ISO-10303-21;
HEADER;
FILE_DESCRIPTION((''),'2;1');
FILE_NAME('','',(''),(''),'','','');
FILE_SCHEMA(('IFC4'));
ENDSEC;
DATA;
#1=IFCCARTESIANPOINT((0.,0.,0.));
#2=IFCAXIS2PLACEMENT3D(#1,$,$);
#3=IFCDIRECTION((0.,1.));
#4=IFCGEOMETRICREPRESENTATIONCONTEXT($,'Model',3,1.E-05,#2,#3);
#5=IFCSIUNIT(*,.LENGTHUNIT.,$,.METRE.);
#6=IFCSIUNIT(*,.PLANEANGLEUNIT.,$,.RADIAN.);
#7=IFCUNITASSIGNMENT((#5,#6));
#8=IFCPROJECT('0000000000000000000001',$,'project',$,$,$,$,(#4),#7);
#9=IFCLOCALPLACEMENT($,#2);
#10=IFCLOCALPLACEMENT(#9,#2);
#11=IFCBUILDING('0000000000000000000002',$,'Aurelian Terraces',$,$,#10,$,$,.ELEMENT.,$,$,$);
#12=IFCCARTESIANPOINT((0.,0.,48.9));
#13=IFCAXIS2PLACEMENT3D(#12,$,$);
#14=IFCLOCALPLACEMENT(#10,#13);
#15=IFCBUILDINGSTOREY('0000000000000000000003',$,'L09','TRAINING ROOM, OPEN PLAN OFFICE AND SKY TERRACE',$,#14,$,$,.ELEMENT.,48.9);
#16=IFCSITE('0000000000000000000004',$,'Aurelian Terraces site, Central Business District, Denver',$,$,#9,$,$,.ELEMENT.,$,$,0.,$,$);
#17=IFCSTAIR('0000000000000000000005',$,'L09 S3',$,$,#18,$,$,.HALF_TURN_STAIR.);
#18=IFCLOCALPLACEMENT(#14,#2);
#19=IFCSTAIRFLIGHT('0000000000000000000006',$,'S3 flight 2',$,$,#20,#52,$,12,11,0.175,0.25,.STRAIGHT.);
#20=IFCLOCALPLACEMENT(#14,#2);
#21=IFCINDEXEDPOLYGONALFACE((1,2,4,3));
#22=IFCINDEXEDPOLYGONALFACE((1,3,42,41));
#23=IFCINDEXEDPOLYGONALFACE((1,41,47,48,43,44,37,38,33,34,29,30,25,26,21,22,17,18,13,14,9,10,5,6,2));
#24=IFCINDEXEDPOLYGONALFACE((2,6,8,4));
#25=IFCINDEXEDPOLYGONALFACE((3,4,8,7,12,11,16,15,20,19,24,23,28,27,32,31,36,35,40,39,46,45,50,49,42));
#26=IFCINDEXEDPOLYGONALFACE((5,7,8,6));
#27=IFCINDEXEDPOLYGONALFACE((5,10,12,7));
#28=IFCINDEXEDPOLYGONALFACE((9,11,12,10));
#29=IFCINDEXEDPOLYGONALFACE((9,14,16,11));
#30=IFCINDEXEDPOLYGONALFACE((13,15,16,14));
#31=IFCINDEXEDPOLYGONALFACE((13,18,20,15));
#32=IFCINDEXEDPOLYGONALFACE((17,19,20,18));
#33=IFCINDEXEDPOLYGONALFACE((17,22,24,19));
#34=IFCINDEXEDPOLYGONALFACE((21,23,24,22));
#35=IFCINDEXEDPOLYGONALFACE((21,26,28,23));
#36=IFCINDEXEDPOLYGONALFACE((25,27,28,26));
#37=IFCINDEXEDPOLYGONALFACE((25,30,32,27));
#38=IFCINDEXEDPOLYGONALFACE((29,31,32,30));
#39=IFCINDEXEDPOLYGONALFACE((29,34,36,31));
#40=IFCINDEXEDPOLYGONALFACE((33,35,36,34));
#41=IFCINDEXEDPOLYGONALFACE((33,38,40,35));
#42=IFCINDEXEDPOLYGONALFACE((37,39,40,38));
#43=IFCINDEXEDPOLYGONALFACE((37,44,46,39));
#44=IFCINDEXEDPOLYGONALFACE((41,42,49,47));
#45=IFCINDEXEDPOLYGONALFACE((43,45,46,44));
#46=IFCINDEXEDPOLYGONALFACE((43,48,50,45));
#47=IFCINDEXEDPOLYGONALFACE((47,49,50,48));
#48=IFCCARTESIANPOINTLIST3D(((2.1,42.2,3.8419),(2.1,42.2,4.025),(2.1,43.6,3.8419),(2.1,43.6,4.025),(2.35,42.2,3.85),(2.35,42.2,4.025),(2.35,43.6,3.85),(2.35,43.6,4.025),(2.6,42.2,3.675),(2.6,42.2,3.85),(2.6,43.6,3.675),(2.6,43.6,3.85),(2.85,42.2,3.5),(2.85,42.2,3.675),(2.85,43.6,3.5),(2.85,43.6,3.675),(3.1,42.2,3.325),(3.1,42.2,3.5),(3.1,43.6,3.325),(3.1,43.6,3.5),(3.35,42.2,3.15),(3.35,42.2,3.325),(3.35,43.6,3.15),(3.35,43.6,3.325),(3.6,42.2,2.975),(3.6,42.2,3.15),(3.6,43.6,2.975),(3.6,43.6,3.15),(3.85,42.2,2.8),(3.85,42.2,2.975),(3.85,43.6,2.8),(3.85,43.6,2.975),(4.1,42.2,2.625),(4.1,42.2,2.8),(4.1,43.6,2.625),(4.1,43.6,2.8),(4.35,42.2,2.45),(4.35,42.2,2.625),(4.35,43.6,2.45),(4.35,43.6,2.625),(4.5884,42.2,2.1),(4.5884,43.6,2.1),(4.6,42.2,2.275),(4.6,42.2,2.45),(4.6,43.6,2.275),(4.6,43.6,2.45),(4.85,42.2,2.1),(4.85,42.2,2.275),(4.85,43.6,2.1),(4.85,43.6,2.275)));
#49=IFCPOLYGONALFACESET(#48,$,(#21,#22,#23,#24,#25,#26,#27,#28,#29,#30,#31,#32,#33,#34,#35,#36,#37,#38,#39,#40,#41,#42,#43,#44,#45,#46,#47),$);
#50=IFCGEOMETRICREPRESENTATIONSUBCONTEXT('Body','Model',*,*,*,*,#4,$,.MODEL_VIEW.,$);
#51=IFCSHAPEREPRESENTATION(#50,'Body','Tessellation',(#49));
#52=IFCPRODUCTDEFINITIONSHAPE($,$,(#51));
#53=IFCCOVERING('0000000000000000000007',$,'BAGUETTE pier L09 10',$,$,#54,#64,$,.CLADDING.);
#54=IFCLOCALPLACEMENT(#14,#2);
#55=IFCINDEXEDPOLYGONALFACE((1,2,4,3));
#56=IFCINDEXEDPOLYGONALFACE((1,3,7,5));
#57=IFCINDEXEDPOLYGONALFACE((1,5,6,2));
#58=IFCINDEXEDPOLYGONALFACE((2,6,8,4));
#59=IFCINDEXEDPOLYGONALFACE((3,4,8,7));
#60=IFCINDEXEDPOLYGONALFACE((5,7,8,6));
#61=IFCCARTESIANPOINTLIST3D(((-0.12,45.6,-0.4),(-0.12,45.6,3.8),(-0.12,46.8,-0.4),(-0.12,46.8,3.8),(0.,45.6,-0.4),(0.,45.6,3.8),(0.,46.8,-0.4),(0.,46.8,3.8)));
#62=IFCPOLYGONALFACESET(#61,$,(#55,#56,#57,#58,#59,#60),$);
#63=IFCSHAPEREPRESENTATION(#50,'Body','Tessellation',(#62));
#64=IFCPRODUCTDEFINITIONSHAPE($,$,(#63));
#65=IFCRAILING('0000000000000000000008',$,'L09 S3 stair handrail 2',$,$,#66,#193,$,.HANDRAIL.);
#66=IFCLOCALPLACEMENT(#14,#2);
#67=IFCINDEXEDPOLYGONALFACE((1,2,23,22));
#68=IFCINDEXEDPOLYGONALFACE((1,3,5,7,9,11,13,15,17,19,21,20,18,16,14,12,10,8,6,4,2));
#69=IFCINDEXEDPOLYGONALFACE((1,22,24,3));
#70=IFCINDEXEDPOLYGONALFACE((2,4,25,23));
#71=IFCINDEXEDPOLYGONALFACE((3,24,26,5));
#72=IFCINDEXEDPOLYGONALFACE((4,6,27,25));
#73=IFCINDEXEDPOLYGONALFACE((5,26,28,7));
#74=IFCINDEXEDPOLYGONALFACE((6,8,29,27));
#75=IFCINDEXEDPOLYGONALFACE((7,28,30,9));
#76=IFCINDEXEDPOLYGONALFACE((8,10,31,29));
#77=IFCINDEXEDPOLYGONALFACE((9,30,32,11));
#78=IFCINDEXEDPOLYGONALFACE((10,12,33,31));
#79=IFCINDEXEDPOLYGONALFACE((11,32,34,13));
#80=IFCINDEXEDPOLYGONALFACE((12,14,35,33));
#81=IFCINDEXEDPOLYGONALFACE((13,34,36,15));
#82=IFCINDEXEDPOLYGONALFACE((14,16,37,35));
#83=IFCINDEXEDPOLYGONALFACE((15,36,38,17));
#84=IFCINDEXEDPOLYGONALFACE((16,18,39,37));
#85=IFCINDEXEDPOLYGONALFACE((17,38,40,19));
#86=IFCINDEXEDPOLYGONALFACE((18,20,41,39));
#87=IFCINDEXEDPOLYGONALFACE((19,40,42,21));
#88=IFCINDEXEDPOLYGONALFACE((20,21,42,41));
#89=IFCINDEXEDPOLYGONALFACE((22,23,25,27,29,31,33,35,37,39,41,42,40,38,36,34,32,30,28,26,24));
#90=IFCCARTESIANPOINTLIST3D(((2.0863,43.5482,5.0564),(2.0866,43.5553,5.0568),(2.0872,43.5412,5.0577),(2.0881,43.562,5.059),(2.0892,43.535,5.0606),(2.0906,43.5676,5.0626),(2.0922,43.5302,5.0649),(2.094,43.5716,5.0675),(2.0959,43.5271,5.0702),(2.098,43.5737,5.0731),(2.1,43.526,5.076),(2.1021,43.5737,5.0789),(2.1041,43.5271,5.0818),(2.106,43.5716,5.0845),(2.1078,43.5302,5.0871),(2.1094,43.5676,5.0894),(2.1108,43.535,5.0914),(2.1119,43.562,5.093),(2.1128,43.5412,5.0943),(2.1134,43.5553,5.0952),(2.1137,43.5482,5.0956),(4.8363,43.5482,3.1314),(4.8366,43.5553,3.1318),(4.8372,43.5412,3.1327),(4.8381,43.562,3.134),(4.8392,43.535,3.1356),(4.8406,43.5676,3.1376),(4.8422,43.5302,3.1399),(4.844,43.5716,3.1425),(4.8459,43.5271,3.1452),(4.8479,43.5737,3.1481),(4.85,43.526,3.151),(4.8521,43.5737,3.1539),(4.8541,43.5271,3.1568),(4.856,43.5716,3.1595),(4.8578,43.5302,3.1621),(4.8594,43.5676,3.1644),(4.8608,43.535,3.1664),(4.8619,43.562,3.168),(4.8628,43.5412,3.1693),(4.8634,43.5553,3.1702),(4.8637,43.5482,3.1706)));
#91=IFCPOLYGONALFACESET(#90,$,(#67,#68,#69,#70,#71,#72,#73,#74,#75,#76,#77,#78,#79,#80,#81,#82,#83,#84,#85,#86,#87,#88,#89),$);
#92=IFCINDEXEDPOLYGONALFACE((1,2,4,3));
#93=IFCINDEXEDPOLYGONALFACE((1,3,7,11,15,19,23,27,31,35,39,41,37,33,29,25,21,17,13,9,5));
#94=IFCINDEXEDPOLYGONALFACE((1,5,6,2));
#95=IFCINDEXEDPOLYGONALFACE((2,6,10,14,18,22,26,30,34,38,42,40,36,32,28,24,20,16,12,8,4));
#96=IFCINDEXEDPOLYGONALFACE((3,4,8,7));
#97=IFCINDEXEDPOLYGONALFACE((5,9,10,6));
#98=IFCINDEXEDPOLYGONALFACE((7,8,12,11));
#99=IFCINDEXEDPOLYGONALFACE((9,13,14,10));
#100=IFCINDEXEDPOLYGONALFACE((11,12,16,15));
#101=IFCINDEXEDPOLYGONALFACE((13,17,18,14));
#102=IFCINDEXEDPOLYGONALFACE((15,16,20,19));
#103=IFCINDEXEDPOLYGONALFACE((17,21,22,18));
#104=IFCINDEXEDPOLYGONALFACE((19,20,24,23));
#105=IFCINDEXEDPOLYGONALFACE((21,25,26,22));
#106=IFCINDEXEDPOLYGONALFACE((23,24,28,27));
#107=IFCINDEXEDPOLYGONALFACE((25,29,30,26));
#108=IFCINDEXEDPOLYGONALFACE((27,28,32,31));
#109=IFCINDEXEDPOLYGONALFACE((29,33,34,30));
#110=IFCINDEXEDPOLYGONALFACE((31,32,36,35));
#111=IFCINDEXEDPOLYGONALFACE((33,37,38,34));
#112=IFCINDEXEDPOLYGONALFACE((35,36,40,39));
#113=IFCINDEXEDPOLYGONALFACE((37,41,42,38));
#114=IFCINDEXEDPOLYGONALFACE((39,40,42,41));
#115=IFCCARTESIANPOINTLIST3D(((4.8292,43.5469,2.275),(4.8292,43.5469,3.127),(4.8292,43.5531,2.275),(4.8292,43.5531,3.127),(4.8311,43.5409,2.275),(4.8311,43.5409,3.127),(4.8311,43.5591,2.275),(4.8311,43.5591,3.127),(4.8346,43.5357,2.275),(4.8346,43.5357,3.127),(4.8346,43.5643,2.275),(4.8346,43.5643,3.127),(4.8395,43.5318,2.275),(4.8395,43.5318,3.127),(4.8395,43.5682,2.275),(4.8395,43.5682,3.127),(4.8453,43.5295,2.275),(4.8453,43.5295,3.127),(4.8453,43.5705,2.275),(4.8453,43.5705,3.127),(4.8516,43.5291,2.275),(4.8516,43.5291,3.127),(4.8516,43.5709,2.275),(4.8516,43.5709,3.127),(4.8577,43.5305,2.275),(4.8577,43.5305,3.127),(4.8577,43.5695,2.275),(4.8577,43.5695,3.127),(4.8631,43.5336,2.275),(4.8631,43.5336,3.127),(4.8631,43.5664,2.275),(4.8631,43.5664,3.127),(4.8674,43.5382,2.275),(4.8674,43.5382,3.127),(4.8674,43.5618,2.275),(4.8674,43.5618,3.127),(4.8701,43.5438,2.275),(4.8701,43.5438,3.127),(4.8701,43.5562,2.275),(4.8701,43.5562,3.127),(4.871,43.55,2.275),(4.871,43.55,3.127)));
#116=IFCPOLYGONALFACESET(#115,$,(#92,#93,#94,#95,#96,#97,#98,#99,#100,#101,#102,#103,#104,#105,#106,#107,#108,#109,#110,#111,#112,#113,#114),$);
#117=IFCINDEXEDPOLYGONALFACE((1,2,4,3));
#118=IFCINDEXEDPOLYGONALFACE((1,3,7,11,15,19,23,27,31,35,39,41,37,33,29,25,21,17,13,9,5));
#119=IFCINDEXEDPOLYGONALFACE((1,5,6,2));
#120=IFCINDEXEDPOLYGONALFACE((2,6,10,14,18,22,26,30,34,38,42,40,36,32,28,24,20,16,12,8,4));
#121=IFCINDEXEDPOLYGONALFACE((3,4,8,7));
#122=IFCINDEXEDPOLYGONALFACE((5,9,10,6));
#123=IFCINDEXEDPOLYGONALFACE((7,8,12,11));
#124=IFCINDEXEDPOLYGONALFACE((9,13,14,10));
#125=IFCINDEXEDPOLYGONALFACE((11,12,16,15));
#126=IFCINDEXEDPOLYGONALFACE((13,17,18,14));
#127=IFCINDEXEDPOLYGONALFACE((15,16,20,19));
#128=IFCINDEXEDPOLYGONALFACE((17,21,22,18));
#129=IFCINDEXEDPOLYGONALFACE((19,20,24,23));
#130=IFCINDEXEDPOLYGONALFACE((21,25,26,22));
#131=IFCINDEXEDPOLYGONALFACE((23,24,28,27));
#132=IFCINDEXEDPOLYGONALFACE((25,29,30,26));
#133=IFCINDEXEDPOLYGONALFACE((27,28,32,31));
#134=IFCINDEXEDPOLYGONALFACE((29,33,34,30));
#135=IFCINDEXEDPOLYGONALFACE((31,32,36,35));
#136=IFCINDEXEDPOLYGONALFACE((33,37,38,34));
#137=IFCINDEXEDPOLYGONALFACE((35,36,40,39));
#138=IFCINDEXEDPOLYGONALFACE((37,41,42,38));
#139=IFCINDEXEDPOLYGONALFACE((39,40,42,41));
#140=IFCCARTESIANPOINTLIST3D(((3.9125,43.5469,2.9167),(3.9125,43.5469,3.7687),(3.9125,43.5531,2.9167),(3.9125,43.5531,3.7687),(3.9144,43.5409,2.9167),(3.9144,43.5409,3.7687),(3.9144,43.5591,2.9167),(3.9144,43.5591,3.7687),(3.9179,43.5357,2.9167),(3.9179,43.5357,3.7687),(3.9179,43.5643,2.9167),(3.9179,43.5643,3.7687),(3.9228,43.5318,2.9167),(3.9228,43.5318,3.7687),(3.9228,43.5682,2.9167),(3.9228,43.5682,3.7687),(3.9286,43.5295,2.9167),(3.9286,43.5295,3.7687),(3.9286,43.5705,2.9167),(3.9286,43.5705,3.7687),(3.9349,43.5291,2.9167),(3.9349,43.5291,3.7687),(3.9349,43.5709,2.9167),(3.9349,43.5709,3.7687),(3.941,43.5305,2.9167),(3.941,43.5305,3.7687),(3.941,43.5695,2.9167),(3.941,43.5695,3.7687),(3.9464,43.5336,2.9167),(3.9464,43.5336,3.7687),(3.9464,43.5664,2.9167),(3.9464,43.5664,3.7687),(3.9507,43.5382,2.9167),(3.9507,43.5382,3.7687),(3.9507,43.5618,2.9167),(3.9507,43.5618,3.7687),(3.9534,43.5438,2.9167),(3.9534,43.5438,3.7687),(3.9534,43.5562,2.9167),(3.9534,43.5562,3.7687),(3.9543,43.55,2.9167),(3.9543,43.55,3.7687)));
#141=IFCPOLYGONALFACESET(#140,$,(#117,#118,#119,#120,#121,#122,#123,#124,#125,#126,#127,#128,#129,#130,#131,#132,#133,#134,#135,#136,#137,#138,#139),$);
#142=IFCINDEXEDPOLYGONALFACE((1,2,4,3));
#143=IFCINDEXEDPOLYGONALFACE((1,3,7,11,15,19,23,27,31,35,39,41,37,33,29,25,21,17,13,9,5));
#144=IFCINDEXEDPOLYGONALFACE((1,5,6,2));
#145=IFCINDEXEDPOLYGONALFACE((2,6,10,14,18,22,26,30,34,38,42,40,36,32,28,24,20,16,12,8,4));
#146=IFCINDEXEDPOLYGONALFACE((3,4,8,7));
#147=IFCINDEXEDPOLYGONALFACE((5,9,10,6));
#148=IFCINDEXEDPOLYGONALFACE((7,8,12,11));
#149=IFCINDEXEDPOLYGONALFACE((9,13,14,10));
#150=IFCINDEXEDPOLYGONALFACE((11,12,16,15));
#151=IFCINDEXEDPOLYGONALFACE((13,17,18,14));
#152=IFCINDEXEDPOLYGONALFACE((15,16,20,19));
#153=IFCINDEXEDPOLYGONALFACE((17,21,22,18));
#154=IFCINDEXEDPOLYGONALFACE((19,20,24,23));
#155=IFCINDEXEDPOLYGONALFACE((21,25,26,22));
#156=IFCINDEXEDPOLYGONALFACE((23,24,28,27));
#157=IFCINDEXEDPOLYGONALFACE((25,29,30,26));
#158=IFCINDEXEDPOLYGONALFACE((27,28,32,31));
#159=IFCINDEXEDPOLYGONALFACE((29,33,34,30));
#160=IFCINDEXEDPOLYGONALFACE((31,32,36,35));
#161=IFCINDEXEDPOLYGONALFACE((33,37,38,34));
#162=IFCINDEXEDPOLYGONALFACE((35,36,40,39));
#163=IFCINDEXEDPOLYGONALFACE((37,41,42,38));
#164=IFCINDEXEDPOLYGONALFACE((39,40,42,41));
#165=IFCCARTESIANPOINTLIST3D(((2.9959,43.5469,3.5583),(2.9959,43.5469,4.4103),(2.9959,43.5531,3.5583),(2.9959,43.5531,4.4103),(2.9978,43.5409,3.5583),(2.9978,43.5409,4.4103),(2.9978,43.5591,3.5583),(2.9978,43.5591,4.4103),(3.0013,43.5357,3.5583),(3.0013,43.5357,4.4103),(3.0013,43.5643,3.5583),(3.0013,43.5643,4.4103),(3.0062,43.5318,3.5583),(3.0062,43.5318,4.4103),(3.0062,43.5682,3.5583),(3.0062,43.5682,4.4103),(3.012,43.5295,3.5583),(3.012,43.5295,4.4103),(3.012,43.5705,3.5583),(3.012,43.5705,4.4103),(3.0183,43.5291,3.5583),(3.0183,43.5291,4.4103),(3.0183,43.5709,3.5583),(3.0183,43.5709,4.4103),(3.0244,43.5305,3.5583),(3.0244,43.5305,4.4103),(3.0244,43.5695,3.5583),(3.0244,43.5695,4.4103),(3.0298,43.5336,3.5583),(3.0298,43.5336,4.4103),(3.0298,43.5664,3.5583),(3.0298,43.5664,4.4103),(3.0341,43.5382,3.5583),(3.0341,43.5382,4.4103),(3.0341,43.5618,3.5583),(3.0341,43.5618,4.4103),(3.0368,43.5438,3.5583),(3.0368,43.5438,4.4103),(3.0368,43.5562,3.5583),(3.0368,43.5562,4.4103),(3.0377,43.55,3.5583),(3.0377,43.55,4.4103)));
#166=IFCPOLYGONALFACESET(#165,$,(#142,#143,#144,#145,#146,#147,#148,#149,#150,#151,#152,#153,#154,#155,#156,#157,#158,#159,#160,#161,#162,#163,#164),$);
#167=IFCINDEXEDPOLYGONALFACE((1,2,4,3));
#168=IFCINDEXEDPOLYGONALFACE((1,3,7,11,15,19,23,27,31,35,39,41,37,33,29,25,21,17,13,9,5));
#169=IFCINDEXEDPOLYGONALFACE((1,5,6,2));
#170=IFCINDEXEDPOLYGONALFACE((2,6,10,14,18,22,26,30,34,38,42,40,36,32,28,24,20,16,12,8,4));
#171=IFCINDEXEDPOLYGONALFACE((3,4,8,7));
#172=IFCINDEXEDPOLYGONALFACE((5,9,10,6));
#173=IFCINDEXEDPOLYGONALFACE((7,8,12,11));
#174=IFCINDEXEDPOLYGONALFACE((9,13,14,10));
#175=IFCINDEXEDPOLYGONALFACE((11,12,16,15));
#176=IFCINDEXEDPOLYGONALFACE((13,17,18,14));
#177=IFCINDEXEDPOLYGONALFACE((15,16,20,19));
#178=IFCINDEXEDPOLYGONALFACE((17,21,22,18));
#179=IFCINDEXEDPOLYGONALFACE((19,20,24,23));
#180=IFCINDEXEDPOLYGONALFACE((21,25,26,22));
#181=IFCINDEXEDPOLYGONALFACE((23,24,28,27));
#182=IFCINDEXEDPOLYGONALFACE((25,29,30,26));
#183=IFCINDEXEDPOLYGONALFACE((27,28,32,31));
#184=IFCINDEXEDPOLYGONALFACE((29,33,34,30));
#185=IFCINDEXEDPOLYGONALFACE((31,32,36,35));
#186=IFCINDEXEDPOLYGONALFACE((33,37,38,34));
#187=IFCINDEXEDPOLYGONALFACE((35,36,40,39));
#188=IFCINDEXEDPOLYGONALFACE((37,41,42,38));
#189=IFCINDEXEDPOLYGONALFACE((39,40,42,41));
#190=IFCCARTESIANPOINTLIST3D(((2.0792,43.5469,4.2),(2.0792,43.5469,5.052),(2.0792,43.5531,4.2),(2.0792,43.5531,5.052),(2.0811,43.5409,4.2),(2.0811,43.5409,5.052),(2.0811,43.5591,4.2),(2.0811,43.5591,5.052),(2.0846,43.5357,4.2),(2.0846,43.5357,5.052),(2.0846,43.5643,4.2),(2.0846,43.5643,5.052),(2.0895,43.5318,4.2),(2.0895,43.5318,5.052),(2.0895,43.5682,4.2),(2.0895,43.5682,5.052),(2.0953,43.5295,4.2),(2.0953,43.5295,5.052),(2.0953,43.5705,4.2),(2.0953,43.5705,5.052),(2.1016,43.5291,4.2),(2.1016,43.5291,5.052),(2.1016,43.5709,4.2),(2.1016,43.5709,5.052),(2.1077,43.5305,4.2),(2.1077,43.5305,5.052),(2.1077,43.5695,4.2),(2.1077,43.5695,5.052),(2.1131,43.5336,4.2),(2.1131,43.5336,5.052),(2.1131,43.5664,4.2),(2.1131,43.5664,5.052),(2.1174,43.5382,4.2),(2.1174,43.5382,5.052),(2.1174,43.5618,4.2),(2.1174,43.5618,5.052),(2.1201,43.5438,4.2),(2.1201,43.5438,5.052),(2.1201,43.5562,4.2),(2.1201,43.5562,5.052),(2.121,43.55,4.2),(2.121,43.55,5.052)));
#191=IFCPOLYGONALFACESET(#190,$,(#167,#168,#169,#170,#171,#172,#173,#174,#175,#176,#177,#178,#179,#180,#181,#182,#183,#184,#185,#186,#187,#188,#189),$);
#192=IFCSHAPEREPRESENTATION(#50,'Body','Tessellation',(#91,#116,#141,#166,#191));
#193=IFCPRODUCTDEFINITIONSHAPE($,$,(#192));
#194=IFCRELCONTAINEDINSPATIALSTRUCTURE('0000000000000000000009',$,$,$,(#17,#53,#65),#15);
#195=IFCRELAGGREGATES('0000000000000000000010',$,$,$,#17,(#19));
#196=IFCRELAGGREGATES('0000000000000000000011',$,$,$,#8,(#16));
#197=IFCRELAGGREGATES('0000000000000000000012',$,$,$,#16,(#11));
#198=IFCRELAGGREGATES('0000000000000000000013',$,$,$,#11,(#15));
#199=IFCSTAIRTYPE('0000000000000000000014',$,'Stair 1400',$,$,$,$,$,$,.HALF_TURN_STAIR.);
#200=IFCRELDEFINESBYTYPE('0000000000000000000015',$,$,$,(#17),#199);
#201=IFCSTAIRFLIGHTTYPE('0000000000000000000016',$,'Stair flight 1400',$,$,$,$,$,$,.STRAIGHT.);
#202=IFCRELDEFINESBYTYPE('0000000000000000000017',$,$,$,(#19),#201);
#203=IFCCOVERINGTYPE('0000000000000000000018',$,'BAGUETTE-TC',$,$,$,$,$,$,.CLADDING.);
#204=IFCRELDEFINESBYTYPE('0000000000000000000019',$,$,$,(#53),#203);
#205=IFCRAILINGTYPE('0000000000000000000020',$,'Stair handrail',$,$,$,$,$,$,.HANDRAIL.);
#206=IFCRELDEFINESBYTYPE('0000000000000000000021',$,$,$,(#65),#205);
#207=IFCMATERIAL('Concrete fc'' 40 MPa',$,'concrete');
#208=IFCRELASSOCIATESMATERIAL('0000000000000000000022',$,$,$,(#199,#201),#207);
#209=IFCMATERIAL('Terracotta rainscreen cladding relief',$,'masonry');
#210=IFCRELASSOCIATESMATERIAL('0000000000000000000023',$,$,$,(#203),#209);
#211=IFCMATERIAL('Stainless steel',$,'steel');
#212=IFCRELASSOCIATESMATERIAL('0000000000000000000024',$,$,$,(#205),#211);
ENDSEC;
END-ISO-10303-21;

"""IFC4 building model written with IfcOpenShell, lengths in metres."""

from ifc_helpers import new_model, si_unit, direction, frame, origin, origin_2d, place, context, subcontext, project, spatial, polyline, rectangle, circle, outline, extrude, source, transform, mapped, material, type_object, element, aggregate, save


model = new_model("IFC4")

# Units and contexts
model_context = context("Model", 3, precision=1e-05, world=origin(), true_north=direction((0.0, 1.0)))
body_context = subcontext(model_context, "Body", "Model", "MODEL_VIEW")
ifc_project = project(units=[si_unit("LENGTHUNIT", "METRE"), si_unit("PLANEANGLEUNIT", "RADIAN")], contexts=[model_context])

# Site, building, storey
site_placement = place(None, origin())
site = spatial("IfcSite", under=ifc_project, at=site_placement, Name="Aurelian Terraces site, Central Business District, Denver", CompositionType="ELEMENT", RefElevation=0.0)
building_placement = place(site_placement, origin())
building = spatial("IfcBuilding", under=site, at=building_placement, Name="Aurelian Terraces", CompositionType="ELEMENT")
storey_placement = place(building_placement, frame((0.0, 0.0, 48.9)))
storey = spatial("IfcBuildingStorey", under=building, at=storey_placement, Name="L09", Description="TRAINING ROOM, OPEN PLAN OFFICE AND SKY TERRACE", CompositionType="ELEMENT", Elevation=48.9)

# Shared definitions
ifc_material_1 = material(Name="Concrete fc' 40 MPa", Category="concrete")

# Stair, stair flight
stair_type = type_object("IfcStairType", Name="Stair 1400", PredefinedType="HALF_TURN_STAIR", material=ifc_material_1)
stair_placement = place(storey_placement, origin())
stair = element("IfcStair", 1, at=stair_placement, inside=storey, type_object=stair_type, Name="L09 S3", PredefinedType="HALF_TURN_STAIR")
stair_flight_type = type_object("IfcStairFlightType", Name="Stair flight 1400", PredefinedType="STRAIGHT", material=ifc_material_1)
shared_shape_1 = source(origin(), body_context, "Body", "SweptSolid", [
    extrude(outline(polyline([(0.0, 0.0), (0.0, 0.175), (0.25, 0.175), (0.25, 0.35), (0.5, 0.35), (0.5, 0.525), (0.75, 0.525), (0.75, 0.7), (1.0, 0.7), (1.0, 0.875), (1.25, 0.875), (1.25, 1.05), (1.5, 1.05), (1.5, 1.225), (1.75, 1.225), (1.75, 1.4), (2.0, 1.4), (2.0, 1.575), (2.25, 1.575), (2.25, 1.75), (2.5, 1.75), (2.5, 1.925), (2.75, 1.925), (2.75, 2.1), (2.75, 1.7419), (0.2616, 0.0), (0.0, 0.0)])), frame((0.0, 0.7, 0.0), z_axis=(0.0, -1.0, 0.0), x_axis=(1.0, 0.0, 0.0)), (0.0, 0.0, 1.0), 1.4),
])
stair_flight_placement = place(storey_placement, frame((4.85, 42.9, 2.1), z_axis=(0.0, 0.0, 1.0), x_axis=(-1.0, 0.0, 0.0)))
stair_flight = element("IfcStairFlight", 2, at=stair_flight_placement, type_object=stair_flight_type, Name="S3 flight 2", NumberOfRisers=12, NumberOfTreads=11, PredefinedType="STRAIGHT", RiserHeight=0.175, TreadLength=0.25, context=body_context, shape_type="MappedRepresentation", body=[
    mapped(shared_shape_1, transform((0.0, 0.0, 0.0), scale=1.0)),
])
aggregate(stair, [stair_flight])

# Covering
ifc_material_2 = material(Name="Terracotta rainscreen cladding relief", Category="masonry")
covering_type = type_object("IfcCoveringType", Name="BAGUETTE-TC", PredefinedType="CLADDING", material=ifc_material_2)
shared_shape_2 = source(origin(), body_context, "Body", "SweptSolid", [
    extrude(rectangle(XDim=0.12, YDim=1.2, at=origin_2d()), origin(), (0.0, 0.0, 1.0), 4.2),
])
covering_placement = place(storey_placement, frame((-0.06, 46.2, -0.4), z_axis=(0.0, 0.0, 1.0), x_axis=(1.0, 0.0, 0.0)))
element("IfcCovering", 3, at=covering_placement, inside=storey, type_object=covering_type, Name="BAGUETTE pier L09 10", PredefinedType="CLADDING", context=body_context, shape_type="MappedRepresentation", body=[
    mapped(shared_shape_2, transform((0.0, 0.0, 0.0), scale=1.0)),
])

# Railing
ifc_material_3 = material(Name="Stainless steel", Category="steel")
railing_type = type_object("IfcRailingType", Name="Stair handrail", PredefinedType="HANDRAIL", material=ifc_material_3)
shared_shape_3 = source(origin(), body_context, "Body", "SweptSolid", [
    extrude(circle(Radius=0.024, at=origin_2d()), frame((0.0, 0.0, 0.876), z_axis=(-0.819232, 0.0, 0.573462), x_axis=(0.0, -1.0, 0.0)), (0.0, 0.0, 1.0), 3.3568),
    extrude(circle(Radius=0.021, at=origin_2d()), origin(), (0.0, 0.0, 1.0), 0.852),
    extrude(circle(Radius=0.021, at=origin_2d()), frame((-0.9167, 0.0, 0.6417)), (0.0, 0.0, 1.0), 0.852),
    extrude(circle(Radius=0.021, at=origin_2d()), frame((-1.8333, 0.0, 1.2833)), (0.0, 0.0, 1.0), 0.852),
    extrude(circle(Radius=0.021, at=origin_2d()), frame((-2.75, 0.0, 1.925)), (0.0, 0.0, 1.0), 0.852),
])
railing_placement = place(storey_placement, frame((4.85, 43.55, 2.275)))
element("IfcRailing", 4, at=railing_placement, inside=storey, type_object=railing_type, Name="L09 S3 stair handrail 2", PredefinedType="HANDRAIL", context=body_context, shape_type="MappedRepresentation", body=[
    mapped(shared_shape_3, transform((0.0, 0.0, 0.0), scale=1.0)),
])

save(model, "model.ifc")
